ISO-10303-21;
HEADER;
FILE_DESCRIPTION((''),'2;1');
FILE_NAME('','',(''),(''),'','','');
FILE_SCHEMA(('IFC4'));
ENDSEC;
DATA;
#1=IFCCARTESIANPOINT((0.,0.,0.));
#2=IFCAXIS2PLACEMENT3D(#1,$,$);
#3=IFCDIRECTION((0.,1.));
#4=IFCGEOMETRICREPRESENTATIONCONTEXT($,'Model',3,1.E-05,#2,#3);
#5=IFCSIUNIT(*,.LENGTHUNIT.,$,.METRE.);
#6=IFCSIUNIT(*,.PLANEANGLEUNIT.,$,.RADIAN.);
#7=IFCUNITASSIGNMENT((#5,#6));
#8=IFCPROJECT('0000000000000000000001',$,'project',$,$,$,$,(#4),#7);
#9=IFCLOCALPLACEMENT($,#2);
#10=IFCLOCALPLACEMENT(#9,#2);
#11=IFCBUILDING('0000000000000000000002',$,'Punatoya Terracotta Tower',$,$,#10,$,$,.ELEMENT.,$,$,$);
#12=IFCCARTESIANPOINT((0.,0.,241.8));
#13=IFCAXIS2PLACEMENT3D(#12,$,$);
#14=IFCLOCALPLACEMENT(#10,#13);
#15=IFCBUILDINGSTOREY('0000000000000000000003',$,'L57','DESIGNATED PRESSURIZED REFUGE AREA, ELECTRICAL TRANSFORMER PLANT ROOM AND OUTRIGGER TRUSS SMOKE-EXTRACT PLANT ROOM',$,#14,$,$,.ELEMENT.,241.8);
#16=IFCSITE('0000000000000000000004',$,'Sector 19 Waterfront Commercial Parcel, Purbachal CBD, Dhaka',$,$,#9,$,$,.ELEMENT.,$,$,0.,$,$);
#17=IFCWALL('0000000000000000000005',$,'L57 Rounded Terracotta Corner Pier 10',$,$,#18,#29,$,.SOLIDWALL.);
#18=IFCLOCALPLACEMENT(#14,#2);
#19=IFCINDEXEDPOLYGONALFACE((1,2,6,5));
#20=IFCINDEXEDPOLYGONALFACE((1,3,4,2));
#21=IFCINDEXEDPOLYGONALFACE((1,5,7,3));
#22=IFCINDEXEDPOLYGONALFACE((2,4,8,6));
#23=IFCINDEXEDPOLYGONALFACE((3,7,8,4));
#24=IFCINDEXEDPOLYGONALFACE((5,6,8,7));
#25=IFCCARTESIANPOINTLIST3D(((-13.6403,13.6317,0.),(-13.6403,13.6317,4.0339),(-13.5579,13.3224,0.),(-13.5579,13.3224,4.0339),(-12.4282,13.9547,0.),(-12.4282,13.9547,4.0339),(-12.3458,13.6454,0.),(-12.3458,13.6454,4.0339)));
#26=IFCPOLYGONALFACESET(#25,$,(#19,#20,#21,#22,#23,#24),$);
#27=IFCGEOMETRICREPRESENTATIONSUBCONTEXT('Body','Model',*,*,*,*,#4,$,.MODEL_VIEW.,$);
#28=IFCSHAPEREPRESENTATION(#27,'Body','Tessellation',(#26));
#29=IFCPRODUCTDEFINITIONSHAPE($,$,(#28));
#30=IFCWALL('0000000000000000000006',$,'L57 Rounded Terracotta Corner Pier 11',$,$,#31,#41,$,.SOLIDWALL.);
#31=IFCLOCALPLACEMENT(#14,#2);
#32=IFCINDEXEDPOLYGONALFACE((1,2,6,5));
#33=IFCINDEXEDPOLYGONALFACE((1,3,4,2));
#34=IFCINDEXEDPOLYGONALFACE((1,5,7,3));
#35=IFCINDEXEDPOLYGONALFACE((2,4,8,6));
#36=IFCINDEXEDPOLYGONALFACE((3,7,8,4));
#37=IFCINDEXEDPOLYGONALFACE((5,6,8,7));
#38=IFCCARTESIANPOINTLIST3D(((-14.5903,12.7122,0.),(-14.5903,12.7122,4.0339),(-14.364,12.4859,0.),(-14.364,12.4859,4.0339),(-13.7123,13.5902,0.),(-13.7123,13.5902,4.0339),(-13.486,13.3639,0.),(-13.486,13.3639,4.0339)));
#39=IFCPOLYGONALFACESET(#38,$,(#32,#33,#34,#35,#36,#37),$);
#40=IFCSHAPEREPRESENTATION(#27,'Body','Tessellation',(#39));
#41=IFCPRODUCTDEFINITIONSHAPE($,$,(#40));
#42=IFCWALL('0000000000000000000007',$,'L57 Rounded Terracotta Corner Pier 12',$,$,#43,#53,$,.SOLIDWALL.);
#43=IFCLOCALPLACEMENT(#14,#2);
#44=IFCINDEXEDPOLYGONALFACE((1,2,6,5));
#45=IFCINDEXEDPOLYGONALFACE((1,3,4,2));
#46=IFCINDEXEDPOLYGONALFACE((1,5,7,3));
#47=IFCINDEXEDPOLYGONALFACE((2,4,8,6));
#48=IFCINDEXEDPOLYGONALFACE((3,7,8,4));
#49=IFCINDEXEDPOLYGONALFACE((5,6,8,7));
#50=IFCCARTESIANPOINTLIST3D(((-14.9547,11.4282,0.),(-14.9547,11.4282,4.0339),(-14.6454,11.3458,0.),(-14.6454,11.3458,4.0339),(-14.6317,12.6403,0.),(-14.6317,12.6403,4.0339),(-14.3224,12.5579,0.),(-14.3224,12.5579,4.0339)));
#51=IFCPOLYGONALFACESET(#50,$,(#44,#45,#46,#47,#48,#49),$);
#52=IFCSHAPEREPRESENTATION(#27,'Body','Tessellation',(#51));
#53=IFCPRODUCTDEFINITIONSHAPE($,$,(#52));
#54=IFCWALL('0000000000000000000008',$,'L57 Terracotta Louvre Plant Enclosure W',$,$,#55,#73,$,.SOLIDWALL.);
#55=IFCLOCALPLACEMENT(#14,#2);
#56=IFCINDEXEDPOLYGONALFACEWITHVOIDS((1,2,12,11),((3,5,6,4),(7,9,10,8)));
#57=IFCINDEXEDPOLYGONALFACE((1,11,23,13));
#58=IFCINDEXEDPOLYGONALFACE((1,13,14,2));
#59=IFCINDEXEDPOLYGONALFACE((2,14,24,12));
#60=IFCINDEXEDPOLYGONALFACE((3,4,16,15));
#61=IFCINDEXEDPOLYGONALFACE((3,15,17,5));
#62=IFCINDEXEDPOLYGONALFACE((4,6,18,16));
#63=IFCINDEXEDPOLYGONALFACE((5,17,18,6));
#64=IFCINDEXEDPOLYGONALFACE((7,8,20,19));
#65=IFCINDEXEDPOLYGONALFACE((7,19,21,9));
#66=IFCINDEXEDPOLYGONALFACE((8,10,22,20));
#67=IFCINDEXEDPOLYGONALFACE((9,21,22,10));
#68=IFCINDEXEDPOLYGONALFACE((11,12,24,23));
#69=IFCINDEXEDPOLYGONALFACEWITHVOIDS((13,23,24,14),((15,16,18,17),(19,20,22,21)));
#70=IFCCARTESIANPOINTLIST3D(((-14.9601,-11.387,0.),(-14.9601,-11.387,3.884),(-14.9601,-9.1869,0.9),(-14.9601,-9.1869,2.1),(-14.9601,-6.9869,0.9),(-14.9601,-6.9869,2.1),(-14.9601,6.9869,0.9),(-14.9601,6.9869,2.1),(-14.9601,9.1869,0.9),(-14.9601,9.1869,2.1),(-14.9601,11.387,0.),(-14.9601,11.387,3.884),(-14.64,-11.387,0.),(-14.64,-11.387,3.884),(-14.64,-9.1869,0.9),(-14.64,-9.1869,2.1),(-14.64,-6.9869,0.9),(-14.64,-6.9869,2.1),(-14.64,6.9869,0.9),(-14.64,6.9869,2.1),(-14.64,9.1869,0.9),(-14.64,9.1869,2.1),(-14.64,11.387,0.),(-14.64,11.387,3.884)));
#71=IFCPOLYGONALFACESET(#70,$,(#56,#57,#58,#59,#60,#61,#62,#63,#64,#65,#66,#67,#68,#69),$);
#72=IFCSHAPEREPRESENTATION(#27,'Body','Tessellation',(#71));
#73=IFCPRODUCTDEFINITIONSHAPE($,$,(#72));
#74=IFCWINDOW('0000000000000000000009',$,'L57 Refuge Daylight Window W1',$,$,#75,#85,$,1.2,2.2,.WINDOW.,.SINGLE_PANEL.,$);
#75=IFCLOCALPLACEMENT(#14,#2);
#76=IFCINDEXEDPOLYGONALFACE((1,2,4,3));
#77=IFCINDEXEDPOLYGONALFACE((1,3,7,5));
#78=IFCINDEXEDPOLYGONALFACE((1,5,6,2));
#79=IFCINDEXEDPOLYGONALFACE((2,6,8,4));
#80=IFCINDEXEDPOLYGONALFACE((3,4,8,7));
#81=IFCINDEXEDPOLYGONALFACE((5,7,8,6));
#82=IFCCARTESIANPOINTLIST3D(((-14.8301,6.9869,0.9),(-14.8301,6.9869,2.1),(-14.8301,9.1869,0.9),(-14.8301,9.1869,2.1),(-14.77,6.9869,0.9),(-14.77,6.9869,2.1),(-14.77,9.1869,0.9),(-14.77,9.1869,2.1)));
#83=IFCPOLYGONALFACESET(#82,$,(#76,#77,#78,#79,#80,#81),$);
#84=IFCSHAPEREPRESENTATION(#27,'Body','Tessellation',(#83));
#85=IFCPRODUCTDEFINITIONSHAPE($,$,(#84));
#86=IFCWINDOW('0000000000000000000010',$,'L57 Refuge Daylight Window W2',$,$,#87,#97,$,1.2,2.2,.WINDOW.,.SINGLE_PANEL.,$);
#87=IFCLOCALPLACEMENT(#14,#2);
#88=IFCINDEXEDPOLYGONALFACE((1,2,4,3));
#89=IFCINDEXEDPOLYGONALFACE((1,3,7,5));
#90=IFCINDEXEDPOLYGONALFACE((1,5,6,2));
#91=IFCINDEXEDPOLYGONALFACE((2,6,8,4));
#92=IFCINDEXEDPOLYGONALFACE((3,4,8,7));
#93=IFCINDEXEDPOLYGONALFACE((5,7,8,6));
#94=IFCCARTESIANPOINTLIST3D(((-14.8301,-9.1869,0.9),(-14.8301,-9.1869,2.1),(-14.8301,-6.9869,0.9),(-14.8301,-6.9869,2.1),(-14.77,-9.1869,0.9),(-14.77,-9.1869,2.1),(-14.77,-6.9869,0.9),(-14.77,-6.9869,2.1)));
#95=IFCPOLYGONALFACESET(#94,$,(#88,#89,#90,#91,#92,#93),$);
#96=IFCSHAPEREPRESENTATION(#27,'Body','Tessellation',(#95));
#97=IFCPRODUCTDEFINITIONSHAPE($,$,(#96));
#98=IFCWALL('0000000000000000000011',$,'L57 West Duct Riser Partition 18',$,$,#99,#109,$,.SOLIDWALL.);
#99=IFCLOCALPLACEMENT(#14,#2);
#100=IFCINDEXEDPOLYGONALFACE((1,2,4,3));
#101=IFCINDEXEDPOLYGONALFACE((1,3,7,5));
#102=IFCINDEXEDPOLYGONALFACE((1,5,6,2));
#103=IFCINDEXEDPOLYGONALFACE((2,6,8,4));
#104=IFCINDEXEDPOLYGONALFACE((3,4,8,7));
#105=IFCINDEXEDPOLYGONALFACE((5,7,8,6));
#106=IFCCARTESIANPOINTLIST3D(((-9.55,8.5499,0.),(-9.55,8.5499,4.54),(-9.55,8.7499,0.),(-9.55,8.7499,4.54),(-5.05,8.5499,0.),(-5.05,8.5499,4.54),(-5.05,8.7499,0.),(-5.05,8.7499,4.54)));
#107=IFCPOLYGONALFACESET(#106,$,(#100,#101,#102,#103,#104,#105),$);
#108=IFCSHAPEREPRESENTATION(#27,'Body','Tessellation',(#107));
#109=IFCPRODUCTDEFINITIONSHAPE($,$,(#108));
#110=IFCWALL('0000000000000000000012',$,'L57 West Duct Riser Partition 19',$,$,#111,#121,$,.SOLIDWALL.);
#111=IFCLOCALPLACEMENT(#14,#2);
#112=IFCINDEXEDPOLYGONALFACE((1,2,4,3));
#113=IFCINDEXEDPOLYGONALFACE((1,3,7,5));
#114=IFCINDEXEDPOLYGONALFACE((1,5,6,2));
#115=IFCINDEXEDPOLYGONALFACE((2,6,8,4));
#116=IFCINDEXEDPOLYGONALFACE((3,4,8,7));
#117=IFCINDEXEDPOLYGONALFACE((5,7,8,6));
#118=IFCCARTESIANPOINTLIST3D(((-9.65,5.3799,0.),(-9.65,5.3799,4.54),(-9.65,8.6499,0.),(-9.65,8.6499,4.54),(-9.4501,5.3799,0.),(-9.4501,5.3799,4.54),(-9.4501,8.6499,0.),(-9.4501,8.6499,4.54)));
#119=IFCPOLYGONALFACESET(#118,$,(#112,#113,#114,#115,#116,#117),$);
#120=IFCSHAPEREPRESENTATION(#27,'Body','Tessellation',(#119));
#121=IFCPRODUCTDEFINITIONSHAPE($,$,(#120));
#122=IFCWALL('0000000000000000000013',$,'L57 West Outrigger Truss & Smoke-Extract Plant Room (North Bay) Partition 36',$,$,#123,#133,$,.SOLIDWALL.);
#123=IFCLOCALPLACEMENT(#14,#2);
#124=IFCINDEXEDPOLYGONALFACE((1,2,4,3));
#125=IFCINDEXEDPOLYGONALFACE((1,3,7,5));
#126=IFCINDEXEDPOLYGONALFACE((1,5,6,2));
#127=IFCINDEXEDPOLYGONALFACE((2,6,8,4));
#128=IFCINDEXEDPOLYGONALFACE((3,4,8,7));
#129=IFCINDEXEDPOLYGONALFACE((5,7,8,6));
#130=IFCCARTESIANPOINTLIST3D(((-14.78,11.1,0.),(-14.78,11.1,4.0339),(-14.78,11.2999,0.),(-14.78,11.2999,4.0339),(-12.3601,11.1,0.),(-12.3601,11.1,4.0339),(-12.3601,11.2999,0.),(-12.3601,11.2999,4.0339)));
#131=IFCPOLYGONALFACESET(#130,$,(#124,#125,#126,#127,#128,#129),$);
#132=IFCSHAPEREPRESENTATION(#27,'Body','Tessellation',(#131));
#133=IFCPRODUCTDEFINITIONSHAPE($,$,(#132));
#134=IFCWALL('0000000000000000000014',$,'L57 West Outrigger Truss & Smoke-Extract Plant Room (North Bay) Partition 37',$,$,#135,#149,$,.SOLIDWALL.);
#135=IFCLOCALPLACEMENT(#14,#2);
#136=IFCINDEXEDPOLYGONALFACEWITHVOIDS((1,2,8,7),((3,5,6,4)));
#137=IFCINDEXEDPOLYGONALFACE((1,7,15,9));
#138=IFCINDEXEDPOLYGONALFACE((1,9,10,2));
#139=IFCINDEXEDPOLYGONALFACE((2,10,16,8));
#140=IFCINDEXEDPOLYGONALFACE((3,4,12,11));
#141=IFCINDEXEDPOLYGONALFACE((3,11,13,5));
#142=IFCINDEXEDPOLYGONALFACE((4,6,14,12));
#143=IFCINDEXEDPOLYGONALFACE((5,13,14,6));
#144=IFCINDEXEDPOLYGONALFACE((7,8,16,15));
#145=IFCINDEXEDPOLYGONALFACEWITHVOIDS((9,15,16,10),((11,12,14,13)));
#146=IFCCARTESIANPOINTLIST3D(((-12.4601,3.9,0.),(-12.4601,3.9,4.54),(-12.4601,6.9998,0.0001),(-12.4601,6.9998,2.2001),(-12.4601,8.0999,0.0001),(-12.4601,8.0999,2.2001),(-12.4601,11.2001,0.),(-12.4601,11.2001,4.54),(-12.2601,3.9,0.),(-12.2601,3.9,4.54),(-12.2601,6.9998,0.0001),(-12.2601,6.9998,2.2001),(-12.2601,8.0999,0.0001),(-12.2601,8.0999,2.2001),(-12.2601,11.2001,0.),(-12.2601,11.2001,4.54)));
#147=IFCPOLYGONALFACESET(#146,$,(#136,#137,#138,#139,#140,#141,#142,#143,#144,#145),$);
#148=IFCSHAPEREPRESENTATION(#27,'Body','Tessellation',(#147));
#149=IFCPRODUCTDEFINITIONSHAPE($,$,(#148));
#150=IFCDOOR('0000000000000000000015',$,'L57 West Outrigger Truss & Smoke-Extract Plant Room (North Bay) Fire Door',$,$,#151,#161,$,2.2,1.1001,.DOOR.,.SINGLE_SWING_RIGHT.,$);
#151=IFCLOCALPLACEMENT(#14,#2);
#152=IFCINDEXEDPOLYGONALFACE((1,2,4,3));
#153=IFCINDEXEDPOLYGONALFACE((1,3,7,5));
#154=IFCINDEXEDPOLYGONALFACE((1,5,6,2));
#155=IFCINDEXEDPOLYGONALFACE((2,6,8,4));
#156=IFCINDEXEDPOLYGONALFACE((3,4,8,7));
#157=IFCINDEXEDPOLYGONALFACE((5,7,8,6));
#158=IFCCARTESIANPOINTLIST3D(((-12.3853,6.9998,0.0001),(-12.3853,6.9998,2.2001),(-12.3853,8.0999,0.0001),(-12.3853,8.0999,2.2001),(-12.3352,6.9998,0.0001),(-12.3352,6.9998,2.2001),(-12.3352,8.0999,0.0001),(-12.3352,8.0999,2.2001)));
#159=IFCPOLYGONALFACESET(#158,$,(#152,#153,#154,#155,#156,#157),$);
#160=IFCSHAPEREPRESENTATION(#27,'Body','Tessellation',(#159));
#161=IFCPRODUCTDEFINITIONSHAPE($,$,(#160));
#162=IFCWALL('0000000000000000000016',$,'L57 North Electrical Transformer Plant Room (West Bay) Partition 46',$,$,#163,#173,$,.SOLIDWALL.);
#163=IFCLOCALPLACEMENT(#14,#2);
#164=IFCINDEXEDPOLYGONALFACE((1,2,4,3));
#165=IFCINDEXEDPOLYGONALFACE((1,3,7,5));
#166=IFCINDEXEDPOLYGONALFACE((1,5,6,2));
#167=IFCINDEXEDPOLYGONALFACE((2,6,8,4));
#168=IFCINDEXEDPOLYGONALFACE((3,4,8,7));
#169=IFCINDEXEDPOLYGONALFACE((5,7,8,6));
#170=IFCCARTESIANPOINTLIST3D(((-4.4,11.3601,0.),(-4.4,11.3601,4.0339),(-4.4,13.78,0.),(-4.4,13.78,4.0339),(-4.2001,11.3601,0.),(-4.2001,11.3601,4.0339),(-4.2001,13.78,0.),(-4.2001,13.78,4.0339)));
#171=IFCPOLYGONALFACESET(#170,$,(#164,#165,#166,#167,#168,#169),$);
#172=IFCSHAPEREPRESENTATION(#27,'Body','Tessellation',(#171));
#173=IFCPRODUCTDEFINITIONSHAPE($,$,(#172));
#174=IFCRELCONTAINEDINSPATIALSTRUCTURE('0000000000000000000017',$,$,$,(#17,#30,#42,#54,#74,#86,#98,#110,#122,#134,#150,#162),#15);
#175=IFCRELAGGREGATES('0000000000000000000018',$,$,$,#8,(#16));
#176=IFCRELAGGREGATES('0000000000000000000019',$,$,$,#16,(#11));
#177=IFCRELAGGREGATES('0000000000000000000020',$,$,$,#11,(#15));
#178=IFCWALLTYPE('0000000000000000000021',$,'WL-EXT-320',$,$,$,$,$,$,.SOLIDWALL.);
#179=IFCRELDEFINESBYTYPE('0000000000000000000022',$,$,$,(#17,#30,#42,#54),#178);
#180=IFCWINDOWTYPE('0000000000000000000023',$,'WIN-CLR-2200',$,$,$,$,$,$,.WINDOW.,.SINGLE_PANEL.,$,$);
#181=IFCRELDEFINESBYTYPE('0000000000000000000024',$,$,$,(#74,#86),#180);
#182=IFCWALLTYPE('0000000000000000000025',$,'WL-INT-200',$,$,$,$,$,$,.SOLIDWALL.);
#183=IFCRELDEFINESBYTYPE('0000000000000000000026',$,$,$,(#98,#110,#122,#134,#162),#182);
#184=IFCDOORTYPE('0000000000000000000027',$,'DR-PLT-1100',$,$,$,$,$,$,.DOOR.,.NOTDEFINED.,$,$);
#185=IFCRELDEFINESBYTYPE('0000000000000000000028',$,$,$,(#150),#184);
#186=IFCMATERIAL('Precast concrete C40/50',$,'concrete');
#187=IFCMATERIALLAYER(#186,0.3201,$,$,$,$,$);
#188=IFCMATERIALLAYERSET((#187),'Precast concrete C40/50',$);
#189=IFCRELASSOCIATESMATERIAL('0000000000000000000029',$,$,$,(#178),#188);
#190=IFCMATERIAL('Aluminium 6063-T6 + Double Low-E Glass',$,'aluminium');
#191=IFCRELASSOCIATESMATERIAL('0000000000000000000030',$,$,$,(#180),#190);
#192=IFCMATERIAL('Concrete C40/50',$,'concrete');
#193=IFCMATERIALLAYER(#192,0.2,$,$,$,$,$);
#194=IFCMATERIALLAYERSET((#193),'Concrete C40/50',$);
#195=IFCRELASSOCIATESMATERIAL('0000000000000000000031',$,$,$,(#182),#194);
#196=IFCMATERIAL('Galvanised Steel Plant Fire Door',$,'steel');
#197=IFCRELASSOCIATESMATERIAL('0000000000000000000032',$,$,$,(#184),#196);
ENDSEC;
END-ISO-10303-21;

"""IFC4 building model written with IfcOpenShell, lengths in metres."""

from ifc_helpers import new_model, si_unit, direction, frame, frame_2d, origin, place, context, subcontext, project, spatial, rectangle, extrude, material, layer, layer_set, type_object, element, fill, save


model = new_model("IFC4")

# Units and contexts
model_context = context("Model", 3, precision=1e-05, world=origin(), true_north=direction((0.0, 1.0)))
body_context = subcontext(model_context, "Body", "Model", "MODEL_VIEW")
ifc_project = project(units=[si_unit("LENGTHUNIT", "METRE"), si_unit("PLANEANGLEUNIT", "RADIAN")], contexts=[model_context])

# Site, building, storey
site_placement = place(None, origin())
site = spatial("IfcSite", under=ifc_project, at=site_placement, Name="Sector 19 Waterfront Commercial Parcel, Purbachal CBD, Dhaka", CompositionType="ELEMENT", RefElevation=0.0)
building_placement = place(site_placement, origin())
building = spatial("IfcBuilding", under=site, at=building_placement, Name="Punatoya Terracotta Tower", CompositionType="ELEMENT")
storey_placement = place(building_placement, frame((0.0, 0.0, 241.8)))
storey = spatial("IfcBuildingStorey", under=building, at=storey_placement, Name="L57", Description="DESIGNATED PRESSURIZED REFUGE AREA, ELECTRICAL TRANSFORMER PLANT ROOM AND OUTRIGGER TRUSS SMOKE-EXTRACT PLANT ROOM", CompositionType="ELEMENT", Elevation=241.8)

# Walls
ifc_material_1 = material(Name="Precast concrete C40/50", Category="concrete")
ifc_layer_1 = layer(ifc_material_1, 0.3201)
ifc_layer_set_1 = layer_set([ifc_layer_1], Name="Precast concrete C40/50")
wall_type_1 = type_object("IfcWallType", Name="WL-EXT-320", PredefinedType="SOLIDWALL", material=ifc_layer_set_1)
wall_1_placement = place(storey_placement, frame((-12.387, 13.8, 0.0), z_axis=(0.0, 0.0, 1.0), x_axis=(-0.966283, -0.257481, 0.0)))
element("IfcWall", 1, at=wall_1_placement, inside=storey, type_object=wall_type_1, Name="L57 Rounded Terracotta Corner Pier 10", PredefinedType="SOLIDWALL", context=body_context, shape_type="SweptSolid", body=[
    extrude(rectangle(XDim=1.2544, YDim=0.3201, at=frame_2d((0.6272, 0.0))), origin(), (0.0, 0.0, 1.0), 4.0339),
])
wall_2_placement = place(storey_placement, frame((-13.5991, 13.4771, 0.0), z_axis=(0.0, 0.0, 1.0), x_axis=(-0.707107, -0.707107, 0.0)))
element("IfcWall", 2, at=wall_2_placement, inside=storey, type_object=wall_type_1, Name="L57 Rounded Terracotta Corner Pier 11", PredefinedType="SOLIDWALL", context=body_context, shape_type="SweptSolid", body=[
    extrude(rectangle(XDim=1.2417, YDim=0.3201, at=frame_2d((0.6208, 0.0))), origin(), (0.0, 0.0, 1.0), 4.0339),
])
wall_3_placement = place(storey_placement, frame((-14.4771, 12.5991, 0.0), z_axis=(0.0, 0.0, 1.0), x_axis=(-0.257481, -0.966283, 0.0)))
element("IfcWall", 3, at=wall_3_placement, inside=storey, type_object=wall_type_1, Name="L57 Rounded Terracotta Corner Pier 12", PredefinedType="SOLIDWALL", context=body_context, shape_type="SweptSolid", body=[
    extrude(rectangle(XDim=1.2544, YDim=0.3201, at=frame_2d((0.6272, 0.0))), origin(), (0.0, 0.0, 1.0), 4.0339),
])

# Wall, openings, windows
wall_4_placement = place(storey_placement, frame((-14.8, 11.387, 0.0), z_axis=(0.0, 0.0, 1.0), x_axis=(0.0, -1.0, 0.0)))
wall_4 = element("IfcWall", 4, at=wall_4_placement, inside=storey, type_object=wall_type_1, Name="L57 Terracotta Louvre Plant Enclosure W", PredefinedType="SOLIDWALL", context=body_context, shape_type="SweptSolid", body=[
    extrude(rectangle(XDim=22.7739, YDim=0.3201, at=frame_2d((11.387, 0.0))), origin(), (0.0, 0.0, 1.0), 3.884),
])
opening_1_placement = place(wall_4_placement, frame((2.2, 0.0, 0.8999)))
opening_1 = element("IfcOpeningElement", 5, at=opening_1_placement, cuts=wall_4, PredefinedType="OPENING", context=body_context, shape_type="SweptSolid", body=[
    extrude(rectangle(XDim=2.2, YDim=1.2, at=frame_2d((1.1001, 0.6001))), frame((0.0, 0.1699, 0.0), z_axis=(0.0, -1.0, 0.0), x_axis=(1.0, 0.0, 0.0)), (0.0, 0.0, 1.0), 0.3401),
])
opening_2_placement = place(wall_4_placement, frame((18.3738, 0.0, 0.8999)))
opening_2 = element("IfcOpeningElement", 6, at=opening_2_placement, cuts=wall_4, PredefinedType="OPENING", context=body_context, shape_type="SweptSolid", body=[
    extrude(rectangle(XDim=2.2, YDim=1.2, at=frame_2d((1.1001, 0.6001))), frame((0.0, 0.1699, 0.0), z_axis=(0.0, -1.0, 0.0), x_axis=(1.0, 0.0, 0.0)), (0.0, 0.0, 1.0), 0.3401),
])
ifc_material_2 = material(Name="Aluminium 6063-T6 + Double Low-E Glass", Category="aluminium")
window_type = type_object("IfcWindowType", Name="WIN-CLR-2200", PartitioningType="SINGLE_PANEL", PredefinedType="WINDOW", material=ifc_material_2)
window_1_placement = place(opening_1_placement, origin())
window_1 = element("IfcWindow", 7, at=window_1_placement, inside=storey, type_object=window_type, Name="L57 Refuge Daylight Window W1", OverallHeight=1.2, OverallWidth=2.2, PartitioningType="SINGLE_PANEL", PredefinedType="WINDOW", context=body_context, shape_type="SweptSolid", body=[
    extrude(rectangle(XDim=2.2, YDim=1.2, at=frame_2d((1.1001, 0.6001))), frame((0.0, 0.03, 0.0), z_axis=(0.0, -1.0, 0.0), x_axis=(1.0, 0.0, 0.0)), (0.0, 0.0, 1.0), 0.0601),
])
fill(opening_1, window_1)
window_2_placement = place(opening_2_placement, origin())
window_2 = element("IfcWindow", 8, at=window_2_placement, inside=storey, type_object=window_type, Name="L57 Refuge Daylight Window W2", OverallHeight=1.2, OverallWidth=2.2, PartitioningType="SINGLE_PANEL", PredefinedType="WINDOW", context=body_context, shape_type="SweptSolid", body=[
    extrude(rectangle(XDim=2.2, YDim=1.2, at=frame_2d((1.1001, 0.6001))), frame((0.0, 0.03, 0.0), z_axis=(0.0, -1.0, 0.0), x_axis=(1.0, 0.0, 0.0)), (0.0, 0.0, 1.0), 0.0601),
])
fill(opening_2, window_2)

# Walls
ifc_material_3 = material(Name="Concrete C40/50", Category="concrete")
ifc_layer_2 = layer(ifc_material_3, 0.2)
ifc_layer_set_2 = layer_set([ifc_layer_2], Name="Concrete C40/50")
wall_type_2 = type_object("IfcWallType", Name="WL-INT-200", PredefinedType="SOLIDWALL", material=ifc_layer_set_2)
wall_5_placement = place(storey_placement, frame((-5.05, 8.6499, 0.0), z_axis=(0.0, 0.0, 1.0), x_axis=(-1.0, 0.0, 0.0)))
element("IfcWall", 9, at=wall_5_placement, inside=storey, type_object=wall_type_2, Name="L57 West Duct Riser Partition 18", PredefinedType="SOLIDWALL", context=body_context, shape_type="SweptSolid", body=[
    extrude(rectangle(XDim=4.5, YDim=0.2, at=frame_2d((2.25, 0.0))), origin(), (0.0, 0.0, 1.0), 4.54),
])
wall_6_placement = place(storey_placement, frame((-9.55, 8.6499, 0.0), z_axis=(0.0, 0.0, 1.0), x_axis=(0.0, -1.0, 0.0)))
element("IfcWall", 10, at=wall_6_placement, inside=storey, type_object=wall_type_2, Name="L57 West Duct Riser Partition 19", PredefinedType="SOLIDWALL", context=body_context, shape_type="SweptSolid", body=[
    extrude(rectangle(XDim=3.27, YDim=0.2, at=frame_2d((1.635, 0.0))), origin(), (0.0, 0.0, 1.0), 4.54),
])
wall_7_placement = place(storey_placement, frame((-14.78, 11.2, 0.0), z_axis=(0.0, 0.0, 1.0), x_axis=(1.0, 0.0, 0.0)))
element("IfcWall", 11, at=wall_7_placement, inside=storey, type_object=wall_type_2, Name="L57 West Outrigger Truss & Smoke-Extract Plant Room (North Bay) Partition 36", PredefinedType="SOLIDWALL", context=body_context, shape_type="SweptSolid", body=[
    extrude(rectangle(XDim=2.4199, YDim=0.2, at=frame_2d((1.21, 0.0))), origin(), (0.0, 0.0, 1.0), 4.0339),
])

# Wall, opening, door
wall_8_placement = place(storey_placement, frame((-12.3601, 11.2, 0.0), z_axis=(0.0, 0.0, 1.0), x_axis=(0.0, -1.0, 0.0)))
wall_8 = element("IfcWall", 12, at=wall_8_placement, inside=storey, type_object=wall_type_2, Name="L57 West Outrigger Truss & Smoke-Extract Plant Room (North Bay) Partition 37", PredefinedType="SOLIDWALL", context=body_context, shape_type="SweptSolid", body=[
    extrude(rectangle(XDim=7.3, YDim=0.2, at=frame_2d((3.6499, 0.0))), origin(), (0.0, 0.0, 1.0), 4.54),
])
opening_3_placement = place(wall_8_placement, frame((3.1001, 0.0, 0.0)))
opening_3 = element("IfcOpeningElement", 13, at=opening_3_placement, cuts=wall_8, PredefinedType="OPENING", context=body_context, shape_type="SweptSolid", body=[
    extrude(rectangle(XDim=1.1001, YDim=2.2, at=frame_2d((0.55, 1.1001))), frame((0.0, 0.1099, 0.0), z_axis=(0.0, -1.0, 0.0), x_axis=(1.0, 0.0, 0.0)), (0.0, 0.0, 1.0), 0.22),
])
ifc_material_4 = material(Name="Galvanised Steel Plant Fire Door", Category="steel")
door_type = type_object("IfcDoorType", Name="DR-PLT-1100", OperationType="NOTDEFINED", PredefinedType="DOOR", material=ifc_material_4)
door_1_placement = place(opening_3_placement, origin())
door_1 = element("IfcDoor", 14, at=door_1_placement, inside=storey, type_object=door_type, Name="L57 West Outrigger Truss & Smoke-Extract Plant Room (North Bay) Fire Door", OperationType="SINGLE_SWING_RIGHT", OverallHeight=2.2, OverallWidth=1.1001, PredefinedType="DOOR", context=body_context, shape_type="SweptSolid", body=[
    extrude(rectangle(XDim=1.1001, YDim=2.2, at=frame_2d((0.55, 1.1001))), frame((0.0, 0.0249, 0.0), z_axis=(0.0, -1.0, 0.0), x_axis=(1.0, 0.0, 0.0)), (0.0, 0.0, 1.0), 0.05),
])
fill(opening_3, door_1)

# Wall
wall_9_placement = place(storey_placement, frame((-4.3, 13.78, 0.0), z_axis=(0.0, 0.0, 1.0), x_axis=(0.0, -1.0, 0.0)))
element("IfcWall", 15, at=wall_9_placement, inside=storey, type_object=wall_type_2, Name="L57 North Electrical Transformer Plant Room (West Bay) Partition 46", PredefinedType="SOLIDWALL", context=body_context, shape_type="SweptSolid", body=[
    extrude(rectangle(XDim=2.4199, YDim=0.2, at=frame_2d((1.21, 0.0))), origin(), (0.0, 0.0, 1.0), 4.0339),
])

save(model, "model.ifc")
